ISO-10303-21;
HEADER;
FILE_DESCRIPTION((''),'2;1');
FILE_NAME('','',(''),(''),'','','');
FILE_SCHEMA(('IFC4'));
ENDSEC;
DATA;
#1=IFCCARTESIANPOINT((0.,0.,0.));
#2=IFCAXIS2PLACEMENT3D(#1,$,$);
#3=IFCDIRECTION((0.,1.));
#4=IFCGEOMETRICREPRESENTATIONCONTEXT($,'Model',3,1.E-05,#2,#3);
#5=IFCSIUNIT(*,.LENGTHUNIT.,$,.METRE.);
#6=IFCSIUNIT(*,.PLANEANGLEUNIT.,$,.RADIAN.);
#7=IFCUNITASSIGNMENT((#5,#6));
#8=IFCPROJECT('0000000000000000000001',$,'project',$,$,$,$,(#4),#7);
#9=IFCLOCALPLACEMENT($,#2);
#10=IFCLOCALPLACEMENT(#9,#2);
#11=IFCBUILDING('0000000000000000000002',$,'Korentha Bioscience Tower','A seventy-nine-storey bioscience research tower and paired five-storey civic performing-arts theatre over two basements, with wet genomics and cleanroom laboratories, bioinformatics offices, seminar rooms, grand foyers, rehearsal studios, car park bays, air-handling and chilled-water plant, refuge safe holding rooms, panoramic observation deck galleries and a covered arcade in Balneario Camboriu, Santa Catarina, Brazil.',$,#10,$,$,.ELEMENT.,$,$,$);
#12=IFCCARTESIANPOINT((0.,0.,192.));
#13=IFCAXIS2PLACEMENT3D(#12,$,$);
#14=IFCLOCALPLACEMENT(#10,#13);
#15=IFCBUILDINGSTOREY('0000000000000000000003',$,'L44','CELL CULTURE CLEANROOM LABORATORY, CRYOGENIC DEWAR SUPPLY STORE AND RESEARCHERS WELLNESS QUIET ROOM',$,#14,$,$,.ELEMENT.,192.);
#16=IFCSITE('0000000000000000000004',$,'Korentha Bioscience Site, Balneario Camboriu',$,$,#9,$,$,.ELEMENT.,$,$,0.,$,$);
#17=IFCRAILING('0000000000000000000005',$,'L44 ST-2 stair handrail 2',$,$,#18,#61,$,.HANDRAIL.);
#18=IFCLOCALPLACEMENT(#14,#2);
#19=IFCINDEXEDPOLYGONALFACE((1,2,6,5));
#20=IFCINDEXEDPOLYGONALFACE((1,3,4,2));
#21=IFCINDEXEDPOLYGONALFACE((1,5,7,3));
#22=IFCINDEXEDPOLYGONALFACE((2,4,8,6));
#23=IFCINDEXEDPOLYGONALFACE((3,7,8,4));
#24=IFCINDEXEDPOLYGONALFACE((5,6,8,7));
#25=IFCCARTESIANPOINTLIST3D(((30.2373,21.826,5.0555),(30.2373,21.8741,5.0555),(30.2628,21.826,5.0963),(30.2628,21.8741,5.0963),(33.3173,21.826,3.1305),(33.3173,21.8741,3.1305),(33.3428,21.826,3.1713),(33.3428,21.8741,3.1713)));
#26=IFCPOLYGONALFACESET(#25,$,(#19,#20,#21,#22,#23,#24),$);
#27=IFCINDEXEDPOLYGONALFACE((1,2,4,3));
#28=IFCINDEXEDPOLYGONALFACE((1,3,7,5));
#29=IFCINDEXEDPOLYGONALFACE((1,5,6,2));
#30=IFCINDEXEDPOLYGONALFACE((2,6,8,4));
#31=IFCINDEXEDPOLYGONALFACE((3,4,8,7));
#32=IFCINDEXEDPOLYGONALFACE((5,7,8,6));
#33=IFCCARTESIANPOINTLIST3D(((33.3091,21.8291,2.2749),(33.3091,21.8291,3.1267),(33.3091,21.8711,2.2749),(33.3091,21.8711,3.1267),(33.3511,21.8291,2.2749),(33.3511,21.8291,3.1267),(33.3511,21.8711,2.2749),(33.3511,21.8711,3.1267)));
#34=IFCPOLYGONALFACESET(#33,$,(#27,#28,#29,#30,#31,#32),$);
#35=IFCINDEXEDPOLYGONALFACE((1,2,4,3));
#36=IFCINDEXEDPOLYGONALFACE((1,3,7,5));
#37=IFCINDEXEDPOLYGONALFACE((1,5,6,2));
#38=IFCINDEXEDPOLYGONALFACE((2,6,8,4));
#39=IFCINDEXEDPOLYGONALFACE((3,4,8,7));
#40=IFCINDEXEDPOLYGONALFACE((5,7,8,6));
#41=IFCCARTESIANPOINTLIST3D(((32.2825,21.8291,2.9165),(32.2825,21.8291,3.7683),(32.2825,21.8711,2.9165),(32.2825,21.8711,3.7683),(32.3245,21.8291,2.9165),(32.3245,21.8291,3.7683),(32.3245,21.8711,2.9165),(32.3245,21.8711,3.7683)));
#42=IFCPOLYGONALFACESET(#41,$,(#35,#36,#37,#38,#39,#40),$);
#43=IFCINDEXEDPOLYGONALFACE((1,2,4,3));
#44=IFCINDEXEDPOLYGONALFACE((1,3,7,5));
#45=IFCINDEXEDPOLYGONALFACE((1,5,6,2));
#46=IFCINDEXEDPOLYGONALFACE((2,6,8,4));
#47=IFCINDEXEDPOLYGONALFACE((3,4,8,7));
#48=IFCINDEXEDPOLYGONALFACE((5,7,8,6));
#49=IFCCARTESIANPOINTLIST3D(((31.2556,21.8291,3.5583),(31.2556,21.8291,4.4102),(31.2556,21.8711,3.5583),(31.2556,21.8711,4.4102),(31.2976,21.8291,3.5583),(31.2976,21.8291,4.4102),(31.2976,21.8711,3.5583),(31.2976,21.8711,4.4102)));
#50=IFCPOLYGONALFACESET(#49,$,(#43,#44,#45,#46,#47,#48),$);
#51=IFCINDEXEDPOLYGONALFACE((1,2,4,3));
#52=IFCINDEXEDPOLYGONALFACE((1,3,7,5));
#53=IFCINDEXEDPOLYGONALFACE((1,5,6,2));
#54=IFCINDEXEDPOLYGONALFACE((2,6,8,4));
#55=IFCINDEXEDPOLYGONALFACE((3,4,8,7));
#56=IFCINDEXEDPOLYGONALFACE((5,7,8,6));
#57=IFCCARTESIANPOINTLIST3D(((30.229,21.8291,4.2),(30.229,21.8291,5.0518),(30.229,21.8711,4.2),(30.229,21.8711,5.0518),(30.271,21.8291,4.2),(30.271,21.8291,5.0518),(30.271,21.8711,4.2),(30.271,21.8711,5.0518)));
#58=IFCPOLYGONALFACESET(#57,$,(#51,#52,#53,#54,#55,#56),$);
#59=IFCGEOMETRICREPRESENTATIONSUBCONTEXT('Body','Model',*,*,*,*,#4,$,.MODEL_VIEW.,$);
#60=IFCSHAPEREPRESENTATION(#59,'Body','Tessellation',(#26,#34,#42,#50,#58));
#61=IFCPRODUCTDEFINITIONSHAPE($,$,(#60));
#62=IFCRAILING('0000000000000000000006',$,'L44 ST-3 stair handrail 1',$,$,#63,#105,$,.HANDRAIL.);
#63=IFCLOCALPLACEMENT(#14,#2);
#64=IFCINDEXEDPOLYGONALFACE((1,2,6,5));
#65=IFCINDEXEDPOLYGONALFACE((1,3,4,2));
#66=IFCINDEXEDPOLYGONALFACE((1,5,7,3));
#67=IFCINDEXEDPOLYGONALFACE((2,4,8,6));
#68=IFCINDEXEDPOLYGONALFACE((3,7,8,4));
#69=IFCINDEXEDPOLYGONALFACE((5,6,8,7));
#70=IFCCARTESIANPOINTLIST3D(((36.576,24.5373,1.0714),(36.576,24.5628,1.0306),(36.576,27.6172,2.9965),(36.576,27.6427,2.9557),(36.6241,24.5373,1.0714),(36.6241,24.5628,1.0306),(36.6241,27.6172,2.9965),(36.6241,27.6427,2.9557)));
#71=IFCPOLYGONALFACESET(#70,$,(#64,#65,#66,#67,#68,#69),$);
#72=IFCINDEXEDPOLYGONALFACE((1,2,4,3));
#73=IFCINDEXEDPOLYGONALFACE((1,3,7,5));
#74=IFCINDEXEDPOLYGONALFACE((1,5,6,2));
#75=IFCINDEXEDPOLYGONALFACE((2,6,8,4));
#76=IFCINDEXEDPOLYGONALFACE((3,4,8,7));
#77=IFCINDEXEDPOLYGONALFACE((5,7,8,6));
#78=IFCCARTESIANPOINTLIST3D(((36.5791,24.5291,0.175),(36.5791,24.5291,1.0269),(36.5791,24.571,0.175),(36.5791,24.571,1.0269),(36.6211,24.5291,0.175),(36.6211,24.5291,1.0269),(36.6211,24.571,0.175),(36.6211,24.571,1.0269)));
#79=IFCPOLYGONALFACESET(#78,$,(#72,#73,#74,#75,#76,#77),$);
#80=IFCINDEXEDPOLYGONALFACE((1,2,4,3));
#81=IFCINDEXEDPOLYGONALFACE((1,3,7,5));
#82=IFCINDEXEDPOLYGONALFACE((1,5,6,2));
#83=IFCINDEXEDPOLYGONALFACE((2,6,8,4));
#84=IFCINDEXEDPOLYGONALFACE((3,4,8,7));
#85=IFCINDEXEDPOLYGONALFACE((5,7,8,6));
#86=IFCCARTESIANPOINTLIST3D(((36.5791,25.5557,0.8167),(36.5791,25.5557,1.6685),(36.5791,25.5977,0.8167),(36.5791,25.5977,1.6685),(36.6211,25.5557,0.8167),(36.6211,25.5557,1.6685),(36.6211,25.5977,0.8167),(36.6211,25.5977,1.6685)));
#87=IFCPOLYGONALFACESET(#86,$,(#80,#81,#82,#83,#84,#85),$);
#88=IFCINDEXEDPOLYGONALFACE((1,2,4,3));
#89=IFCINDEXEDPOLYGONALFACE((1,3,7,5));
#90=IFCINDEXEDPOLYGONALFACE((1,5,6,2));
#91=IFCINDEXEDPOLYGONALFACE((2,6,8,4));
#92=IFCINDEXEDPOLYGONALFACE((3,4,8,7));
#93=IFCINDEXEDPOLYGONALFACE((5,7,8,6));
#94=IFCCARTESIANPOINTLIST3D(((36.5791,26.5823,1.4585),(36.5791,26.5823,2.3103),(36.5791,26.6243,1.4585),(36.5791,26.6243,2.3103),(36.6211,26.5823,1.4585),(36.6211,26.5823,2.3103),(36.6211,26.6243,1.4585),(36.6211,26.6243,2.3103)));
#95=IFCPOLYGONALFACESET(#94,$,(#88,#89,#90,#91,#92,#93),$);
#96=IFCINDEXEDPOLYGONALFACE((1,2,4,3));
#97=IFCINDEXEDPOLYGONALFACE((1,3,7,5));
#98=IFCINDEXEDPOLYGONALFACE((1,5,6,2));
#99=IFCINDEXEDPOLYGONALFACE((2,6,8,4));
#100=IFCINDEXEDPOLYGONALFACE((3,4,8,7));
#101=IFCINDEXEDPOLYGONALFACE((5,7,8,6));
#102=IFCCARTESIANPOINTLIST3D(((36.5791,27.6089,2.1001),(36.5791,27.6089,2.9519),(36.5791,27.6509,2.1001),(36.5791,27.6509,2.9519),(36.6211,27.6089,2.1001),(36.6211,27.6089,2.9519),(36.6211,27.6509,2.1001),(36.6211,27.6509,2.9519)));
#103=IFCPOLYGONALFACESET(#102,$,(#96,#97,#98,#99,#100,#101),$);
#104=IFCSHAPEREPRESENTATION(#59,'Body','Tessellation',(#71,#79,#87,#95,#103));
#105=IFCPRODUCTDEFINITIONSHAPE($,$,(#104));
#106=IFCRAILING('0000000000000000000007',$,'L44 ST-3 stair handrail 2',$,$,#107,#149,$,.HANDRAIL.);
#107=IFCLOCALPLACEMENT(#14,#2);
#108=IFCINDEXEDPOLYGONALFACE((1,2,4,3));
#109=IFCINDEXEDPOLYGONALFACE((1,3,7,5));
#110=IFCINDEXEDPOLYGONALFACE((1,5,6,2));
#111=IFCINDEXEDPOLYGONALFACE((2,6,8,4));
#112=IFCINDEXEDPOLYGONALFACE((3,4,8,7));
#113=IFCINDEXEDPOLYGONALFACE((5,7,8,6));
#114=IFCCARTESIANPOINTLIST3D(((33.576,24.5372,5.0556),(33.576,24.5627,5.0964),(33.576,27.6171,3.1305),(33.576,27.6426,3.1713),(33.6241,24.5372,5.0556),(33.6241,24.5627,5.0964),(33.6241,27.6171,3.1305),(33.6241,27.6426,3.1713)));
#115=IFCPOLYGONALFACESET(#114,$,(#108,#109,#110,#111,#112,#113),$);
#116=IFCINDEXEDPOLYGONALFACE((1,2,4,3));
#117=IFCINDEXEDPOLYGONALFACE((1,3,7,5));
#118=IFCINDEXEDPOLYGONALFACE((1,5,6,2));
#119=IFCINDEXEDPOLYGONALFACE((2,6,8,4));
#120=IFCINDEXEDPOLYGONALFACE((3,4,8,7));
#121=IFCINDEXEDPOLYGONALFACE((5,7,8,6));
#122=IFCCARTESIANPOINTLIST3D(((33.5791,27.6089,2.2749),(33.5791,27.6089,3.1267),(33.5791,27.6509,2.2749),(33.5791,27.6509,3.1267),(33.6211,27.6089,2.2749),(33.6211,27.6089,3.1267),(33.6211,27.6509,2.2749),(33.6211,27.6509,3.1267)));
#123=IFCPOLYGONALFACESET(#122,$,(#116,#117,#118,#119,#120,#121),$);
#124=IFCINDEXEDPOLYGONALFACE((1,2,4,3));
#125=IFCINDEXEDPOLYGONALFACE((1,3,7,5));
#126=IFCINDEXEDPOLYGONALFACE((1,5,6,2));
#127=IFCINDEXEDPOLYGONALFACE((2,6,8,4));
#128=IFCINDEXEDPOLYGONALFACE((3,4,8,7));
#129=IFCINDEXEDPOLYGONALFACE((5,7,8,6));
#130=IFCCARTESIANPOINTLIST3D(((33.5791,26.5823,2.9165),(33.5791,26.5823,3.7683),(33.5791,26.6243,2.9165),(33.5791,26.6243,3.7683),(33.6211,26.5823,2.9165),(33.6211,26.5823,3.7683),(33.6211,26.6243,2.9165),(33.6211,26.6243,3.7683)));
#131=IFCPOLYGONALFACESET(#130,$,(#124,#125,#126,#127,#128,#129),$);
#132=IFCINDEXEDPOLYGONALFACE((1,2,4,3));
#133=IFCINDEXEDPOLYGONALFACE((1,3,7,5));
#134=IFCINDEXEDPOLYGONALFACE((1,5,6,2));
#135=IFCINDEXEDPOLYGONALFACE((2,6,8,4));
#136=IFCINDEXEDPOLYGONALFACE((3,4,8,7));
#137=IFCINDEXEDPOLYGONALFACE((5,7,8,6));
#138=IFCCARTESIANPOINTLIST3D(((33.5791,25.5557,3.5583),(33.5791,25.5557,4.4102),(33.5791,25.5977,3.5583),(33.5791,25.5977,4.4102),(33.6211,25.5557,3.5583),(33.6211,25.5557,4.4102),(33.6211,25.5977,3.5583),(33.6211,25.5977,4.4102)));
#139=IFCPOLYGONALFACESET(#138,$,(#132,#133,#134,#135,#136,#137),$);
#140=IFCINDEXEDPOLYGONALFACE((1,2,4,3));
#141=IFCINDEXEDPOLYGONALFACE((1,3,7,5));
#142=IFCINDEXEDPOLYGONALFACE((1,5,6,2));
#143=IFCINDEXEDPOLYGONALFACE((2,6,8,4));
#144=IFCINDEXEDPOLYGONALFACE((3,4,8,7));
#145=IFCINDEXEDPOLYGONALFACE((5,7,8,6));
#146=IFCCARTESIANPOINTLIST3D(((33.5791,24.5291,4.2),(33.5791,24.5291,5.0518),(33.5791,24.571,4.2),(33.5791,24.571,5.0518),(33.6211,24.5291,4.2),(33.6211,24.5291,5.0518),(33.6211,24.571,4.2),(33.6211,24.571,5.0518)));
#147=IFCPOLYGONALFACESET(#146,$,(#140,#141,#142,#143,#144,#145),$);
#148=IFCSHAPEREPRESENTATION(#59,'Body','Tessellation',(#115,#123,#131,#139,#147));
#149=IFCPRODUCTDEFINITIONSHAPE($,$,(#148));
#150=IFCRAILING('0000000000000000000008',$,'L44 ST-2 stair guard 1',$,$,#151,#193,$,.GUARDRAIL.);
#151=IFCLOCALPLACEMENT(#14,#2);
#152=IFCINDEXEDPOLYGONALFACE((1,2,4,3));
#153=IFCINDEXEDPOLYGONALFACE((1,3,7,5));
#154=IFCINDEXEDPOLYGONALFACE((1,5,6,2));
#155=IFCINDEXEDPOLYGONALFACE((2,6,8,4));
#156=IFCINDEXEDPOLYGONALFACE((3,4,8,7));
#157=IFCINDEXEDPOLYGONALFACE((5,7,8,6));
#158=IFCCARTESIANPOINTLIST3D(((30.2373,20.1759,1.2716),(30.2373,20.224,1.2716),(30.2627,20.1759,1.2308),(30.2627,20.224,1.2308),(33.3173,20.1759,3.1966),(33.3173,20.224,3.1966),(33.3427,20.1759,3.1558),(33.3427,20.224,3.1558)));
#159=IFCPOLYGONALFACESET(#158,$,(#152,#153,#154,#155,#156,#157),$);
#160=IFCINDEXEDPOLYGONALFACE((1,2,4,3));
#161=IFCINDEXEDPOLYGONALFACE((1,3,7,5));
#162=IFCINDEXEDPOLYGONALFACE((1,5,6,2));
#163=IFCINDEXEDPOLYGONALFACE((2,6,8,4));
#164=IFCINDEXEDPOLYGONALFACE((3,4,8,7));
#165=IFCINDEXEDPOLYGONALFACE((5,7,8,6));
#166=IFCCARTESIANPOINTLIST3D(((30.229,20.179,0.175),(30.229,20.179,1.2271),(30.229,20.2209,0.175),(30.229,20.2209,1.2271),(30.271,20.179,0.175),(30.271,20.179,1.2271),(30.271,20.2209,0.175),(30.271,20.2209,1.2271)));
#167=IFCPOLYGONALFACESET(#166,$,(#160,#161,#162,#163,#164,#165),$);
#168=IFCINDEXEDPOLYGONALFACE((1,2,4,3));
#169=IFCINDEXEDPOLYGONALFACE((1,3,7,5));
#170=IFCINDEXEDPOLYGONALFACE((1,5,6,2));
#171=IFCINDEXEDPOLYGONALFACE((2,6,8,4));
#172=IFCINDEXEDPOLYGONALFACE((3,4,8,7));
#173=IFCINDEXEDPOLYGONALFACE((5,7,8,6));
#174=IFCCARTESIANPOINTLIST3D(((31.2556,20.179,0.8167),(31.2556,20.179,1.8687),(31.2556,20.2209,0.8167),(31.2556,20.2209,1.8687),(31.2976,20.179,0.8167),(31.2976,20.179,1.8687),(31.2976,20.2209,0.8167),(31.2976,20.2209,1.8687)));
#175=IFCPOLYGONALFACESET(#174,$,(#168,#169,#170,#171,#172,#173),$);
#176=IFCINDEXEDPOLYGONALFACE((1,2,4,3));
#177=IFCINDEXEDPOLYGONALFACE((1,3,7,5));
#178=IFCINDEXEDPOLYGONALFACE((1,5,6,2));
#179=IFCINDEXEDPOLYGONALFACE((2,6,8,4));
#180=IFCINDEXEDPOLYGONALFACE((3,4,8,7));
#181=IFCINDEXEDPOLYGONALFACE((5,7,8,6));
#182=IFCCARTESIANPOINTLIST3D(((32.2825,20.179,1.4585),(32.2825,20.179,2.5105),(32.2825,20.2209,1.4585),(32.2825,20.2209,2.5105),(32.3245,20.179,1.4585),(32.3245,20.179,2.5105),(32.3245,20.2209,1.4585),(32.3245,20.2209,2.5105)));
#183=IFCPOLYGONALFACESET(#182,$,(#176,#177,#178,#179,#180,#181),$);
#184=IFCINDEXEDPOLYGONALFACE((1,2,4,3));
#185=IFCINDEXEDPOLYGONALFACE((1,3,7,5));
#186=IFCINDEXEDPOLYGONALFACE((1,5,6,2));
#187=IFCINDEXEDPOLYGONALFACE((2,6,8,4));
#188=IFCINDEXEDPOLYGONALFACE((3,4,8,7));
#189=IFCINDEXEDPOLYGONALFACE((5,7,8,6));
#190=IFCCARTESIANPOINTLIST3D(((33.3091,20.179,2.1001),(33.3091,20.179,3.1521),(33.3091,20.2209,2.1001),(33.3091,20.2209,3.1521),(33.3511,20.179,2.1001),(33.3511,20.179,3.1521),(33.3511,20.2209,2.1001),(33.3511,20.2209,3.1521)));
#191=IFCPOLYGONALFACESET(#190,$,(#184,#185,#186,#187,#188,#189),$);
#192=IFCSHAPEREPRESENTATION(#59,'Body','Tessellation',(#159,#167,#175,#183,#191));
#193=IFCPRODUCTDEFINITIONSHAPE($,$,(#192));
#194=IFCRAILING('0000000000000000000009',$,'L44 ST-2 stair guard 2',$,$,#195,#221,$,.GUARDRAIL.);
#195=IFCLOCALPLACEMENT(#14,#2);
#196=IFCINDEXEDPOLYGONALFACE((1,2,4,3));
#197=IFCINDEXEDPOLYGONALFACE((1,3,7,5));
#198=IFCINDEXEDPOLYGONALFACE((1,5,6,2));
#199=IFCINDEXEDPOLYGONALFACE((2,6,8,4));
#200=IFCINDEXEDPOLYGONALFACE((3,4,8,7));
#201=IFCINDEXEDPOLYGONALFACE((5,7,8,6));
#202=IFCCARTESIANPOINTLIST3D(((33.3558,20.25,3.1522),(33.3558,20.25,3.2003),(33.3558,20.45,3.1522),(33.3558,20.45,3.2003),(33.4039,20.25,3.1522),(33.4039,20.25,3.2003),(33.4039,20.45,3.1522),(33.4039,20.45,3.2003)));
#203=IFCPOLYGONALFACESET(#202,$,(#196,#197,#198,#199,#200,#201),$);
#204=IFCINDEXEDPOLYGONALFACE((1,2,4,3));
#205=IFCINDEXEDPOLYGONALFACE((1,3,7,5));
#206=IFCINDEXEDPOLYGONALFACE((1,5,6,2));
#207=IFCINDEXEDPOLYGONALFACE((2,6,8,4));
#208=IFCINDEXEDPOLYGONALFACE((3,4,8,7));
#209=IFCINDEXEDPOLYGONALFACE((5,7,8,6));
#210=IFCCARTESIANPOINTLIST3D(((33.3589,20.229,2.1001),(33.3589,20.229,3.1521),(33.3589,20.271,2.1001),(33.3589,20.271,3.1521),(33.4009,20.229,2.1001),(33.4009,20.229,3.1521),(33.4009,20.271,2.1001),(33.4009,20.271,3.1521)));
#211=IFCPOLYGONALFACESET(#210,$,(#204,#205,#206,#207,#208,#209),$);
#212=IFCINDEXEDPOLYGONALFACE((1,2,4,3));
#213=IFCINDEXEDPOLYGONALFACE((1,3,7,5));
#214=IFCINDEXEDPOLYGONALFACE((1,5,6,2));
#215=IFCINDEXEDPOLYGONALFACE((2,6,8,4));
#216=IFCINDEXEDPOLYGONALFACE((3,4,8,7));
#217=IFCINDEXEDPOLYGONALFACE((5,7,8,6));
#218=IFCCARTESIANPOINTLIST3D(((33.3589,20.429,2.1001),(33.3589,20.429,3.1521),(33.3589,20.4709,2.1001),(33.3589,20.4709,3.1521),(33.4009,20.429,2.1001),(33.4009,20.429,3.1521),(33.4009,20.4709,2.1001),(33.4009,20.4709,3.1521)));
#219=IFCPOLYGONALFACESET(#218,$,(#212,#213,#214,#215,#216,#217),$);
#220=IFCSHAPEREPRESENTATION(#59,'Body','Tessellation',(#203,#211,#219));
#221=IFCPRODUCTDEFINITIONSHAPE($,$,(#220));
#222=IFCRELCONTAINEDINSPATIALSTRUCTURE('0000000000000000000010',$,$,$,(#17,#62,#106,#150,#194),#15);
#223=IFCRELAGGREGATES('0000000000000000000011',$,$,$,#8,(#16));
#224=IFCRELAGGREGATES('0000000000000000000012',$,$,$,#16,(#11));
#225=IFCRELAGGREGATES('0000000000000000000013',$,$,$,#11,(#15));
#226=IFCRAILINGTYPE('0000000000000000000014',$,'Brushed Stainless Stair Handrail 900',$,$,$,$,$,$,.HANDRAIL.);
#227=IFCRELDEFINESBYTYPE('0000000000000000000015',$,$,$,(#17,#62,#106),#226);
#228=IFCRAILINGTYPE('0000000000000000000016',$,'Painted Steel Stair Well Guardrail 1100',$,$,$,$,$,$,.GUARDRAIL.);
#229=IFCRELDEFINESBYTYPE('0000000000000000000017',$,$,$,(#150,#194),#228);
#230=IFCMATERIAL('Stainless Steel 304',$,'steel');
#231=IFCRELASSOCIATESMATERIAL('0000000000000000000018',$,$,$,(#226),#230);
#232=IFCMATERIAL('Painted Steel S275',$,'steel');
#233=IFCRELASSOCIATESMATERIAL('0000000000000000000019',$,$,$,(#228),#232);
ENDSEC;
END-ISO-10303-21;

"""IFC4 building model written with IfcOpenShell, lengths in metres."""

from ifc_helpers import new_model, si_unit, direction, frame, origin, origin_2d, place, context, subcontext, project, spatial, rectangle, extrude, material, type_object, element, save


model = new_model("IFC4")

# Units and contexts
model_context = context("Model", 3, precision=1e-05, world=origin(), true_north=direction((0.0, 1.0)))
body_context = subcontext(model_context, "Body", "Model", "MODEL_VIEW")
ifc_project = project(units=[si_unit("LENGTHUNIT", "METRE"), si_unit("PLANEANGLEUNIT", "RADIAN")], contexts=[model_context])

# Site, building, storey
site_placement = place(None, origin())
site = spatial("IfcSite", under=ifc_project, at=site_placement, Name="Korentha Bioscience Site, Balneario Camboriu", CompositionType="ELEMENT", RefElevation=0.0)
building_placement = place(site_placement, origin())
building = spatial("IfcBuilding", under=site, at=building_placement, Name="Korentha Bioscience Tower", Description="A seventy-nine-storey bioscience research tower and paired five-storey civic performing-arts theatre over two basements, with wet genomics and cleanroom laboratories, bioinformatics offices, seminar rooms, grand foyers, rehearsal studios, car park bays, air-handling and chilled-water plant, refuge safe holding rooms, panoramic observation deck galleries and a covered arcade in Balneario Camboriu, Santa Catarina, Brazil.", CompositionType="ELEMENT")
storey_placement = place(building_placement, frame((0.0, 0.0, 192.0)))
storey = spatial("IfcBuildingStorey", under=building, at=storey_placement, Name="L44", Description="CELL CULTURE CLEANROOM LABORATORY, CRYOGENIC DEWAR SUPPLY STORE AND RESEARCHERS WELLNESS QUIET ROOM", CompositionType="ELEMENT", Elevation=192.0)

# Railings
ifc_material_1 = material(Name="Stainless Steel 304", Category="steel")
railing_type_1 = type_object("IfcRailingType", Name="Brushed Stainless Stair Handrail 900", PredefinedType="HANDRAIL", material=ifc_material_1)
railing_1_placement = place(storey_placement, frame((33.3301, 21.8501, 2.2749)))
element("IfcRailing", 1, at=railing_1_placement, inside=storey, type_object=railing_type_1, Name="L44 ST-2 stair handrail 2", PredefinedType="HANDRAIL", context=body_context, shape_type="SweptSolid", body=[
    extrude(rectangle(XDim=0.0481, YDim=0.0481, at=origin_2d()), frame((0.0, 0.0, 0.876), z_axis=(-0.847998, 0.0, 0.529999), x_axis=(0.0, -1.0, 0.0)), (0.0, 0.0, 1.0), 3.6321),
    extrude(rectangle(XDim=0.042, YDim=0.042, at=origin_2d()), origin(), (0.0, 0.0, 1.0), 0.8518),
    extrude(rectangle(XDim=0.042, YDim=0.042, at=origin_2d()), frame((-1.0266, 0.0, 0.6416)), (0.0, 0.0, 1.0), 0.8518),
    extrude(rectangle(XDim=0.042, YDim=0.042, at=origin_2d()), frame((-2.0535, 0.0, 1.2834)), (0.0, 0.0, 1.0), 0.8518),
    extrude(rectangle(XDim=0.042, YDim=0.042, at=origin_2d()), frame((-3.0801, 0.0, 1.925)), (0.0, 0.0, 1.0), 0.8518),
])
railing_2_placement = place(storey_placement, frame((36.6001, 24.55, 0.175)))
element("IfcRailing", 2, at=railing_2_placement, inside=storey, type_object=railing_type_1, Name="L44 ST-3 stair handrail 1", PredefinedType="HANDRAIL", context=body_context, shape_type="SweptSolid", body=[
    extrude(rectangle(XDim=0.0481, YDim=0.0481, at=origin_2d()), frame((0.0, 0.0, 0.876), z_axis=(0.0, 0.847979, 0.530029), x_axis=(-1.0, 0.0, 0.0)), (0.0, 0.0, 1.0), 3.6321),
    extrude(rectangle(XDim=0.042, YDim=0.042, at=origin_2d()), origin(), (0.0, 0.0, 1.0), 0.8518),
    extrude(rectangle(XDim=0.042, YDim=0.042, at=origin_2d()), frame((0.0, 1.0266, 0.6416)), (0.0, 0.0, 1.0), 0.8518),
    extrude(rectangle(XDim=0.042, YDim=0.042, at=origin_2d()), frame((0.0, 2.0532, 1.2834)), (0.0, 0.0, 1.0), 0.8518),
    extrude(rectangle(XDim=0.042, YDim=0.042, at=origin_2d()), frame((0.0, 3.0798, 1.925)), (0.0, 0.0, 1.0), 0.8518),
])
railing_3_placement = place(storey_placement, frame((33.6001, 27.6299, 2.2749)))
element("IfcRailing", 3, at=railing_3_placement, inside=storey, type_object=railing_type_1, Name="L44 ST-3 stair handrail 2", PredefinedType="HANDRAIL", context=body_context, shape_type="SweptSolid", body=[
    extrude(rectangle(XDim=0.0481, YDim=0.0481, at=origin_2d()), frame((0.0, 0.0, 0.876), z_axis=(0.0, -0.847979, 0.530029), x_axis=(1.0, 0.0, 0.0)), (0.0, 0.0, 1.0), 3.6321),
    extrude(rectangle(XDim=0.042, YDim=0.042, at=origin_2d()), origin(), (0.0, 0.0, 1.0), 0.8518),
    extrude(rectangle(XDim=0.042, YDim=0.042, at=origin_2d()), frame((0.0, -1.0266, 0.6416)), (0.0, 0.0, 1.0), 0.8518),
    extrude(rectangle(XDim=0.042, YDim=0.042, at=origin_2d()), frame((0.0, -2.0532, 1.2834)), (0.0, 0.0, 1.0), 0.8518),
    extrude(rectangle(XDim=0.042, YDim=0.042, at=origin_2d()), frame((0.0, -3.0798, 1.925)), (0.0, 0.0, 1.0), 0.8518),
])
ifc_material_2 = material(Name="Painted Steel S275", Category="steel")
railing_type_2 = type_object("IfcRailingType", Name="Painted Steel Stair Well Guardrail 1100", PredefinedType="GUARDRAIL", material=ifc_material_2)
railing_4_placement = place(storey_placement, frame((30.25, 20.2, 0.175)))
element("IfcRailing", 4, at=railing_4_placement, inside=storey, type_object=railing_type_2, Name="L44 ST-2 stair guard 1", PredefinedType="GUARDRAIL", context=body_context, shape_type="SweptSolid", body=[
    extrude(rectangle(XDim=0.0481, YDim=0.0481, at=origin_2d()), frame((0.0, 0.0, 1.0762), z_axis=(0.847998, 0.0, 0.529999), x_axis=(0.0, 1.0, 0.0)), (0.0, 0.0, 1.0), 3.6321),
    extrude(rectangle(XDim=0.042, YDim=0.042, at=origin_2d()), origin(), (0.0, 0.0, 1.0), 1.052),
    extrude(rectangle(XDim=0.042, YDim=0.042, at=origin_2d()), frame((1.0266, 0.0, 0.6416)), (0.0, 0.0, 1.0), 1.052),
    extrude(rectangle(XDim=0.042, YDim=0.042, at=origin_2d()), frame((2.0535, 0.0, 1.2834)), (0.0, 0.0, 1.0), 1.052),
    extrude(rectangle(XDim=0.042, YDim=0.042, at=origin_2d()), frame((3.0801, 0.0, 1.925)), (0.0, 0.0, 1.0), 1.052),
])
railing_5_placement = place(storey_placement, frame((33.3799, 20.25, 2.1001)))
element("IfcRailing", 5, at=railing_5_placement, inside=storey, type_object=railing_type_2, Name="L44 ST-2 stair guard 2", PredefinedType="GUARDRAIL", context=body_context, shape_type="SweptSolid", body=[
    extrude(rectangle(XDim=0.0481, YDim=0.0481, at=origin_2d()), frame((0.0, 0.0, 1.0762), z_axis=(0.0, 1.0, 0.0), x_axis=(-1.0, 0.0, 0.0)), (0.0, 0.0, 1.0), 0.2),
    extrude(rectangle(XDim=0.042, YDim=0.042, at=origin_2d()), origin(), (0.0, 0.0, 1.0), 1.052),
    extrude(rectangle(XDim=0.042, YDim=0.042, at=origin_2d()), frame((0.0, 0.2, 0.0)), (0.0, 0.0, 1.0), 1.052),
])

save(model, "model.ifc")
